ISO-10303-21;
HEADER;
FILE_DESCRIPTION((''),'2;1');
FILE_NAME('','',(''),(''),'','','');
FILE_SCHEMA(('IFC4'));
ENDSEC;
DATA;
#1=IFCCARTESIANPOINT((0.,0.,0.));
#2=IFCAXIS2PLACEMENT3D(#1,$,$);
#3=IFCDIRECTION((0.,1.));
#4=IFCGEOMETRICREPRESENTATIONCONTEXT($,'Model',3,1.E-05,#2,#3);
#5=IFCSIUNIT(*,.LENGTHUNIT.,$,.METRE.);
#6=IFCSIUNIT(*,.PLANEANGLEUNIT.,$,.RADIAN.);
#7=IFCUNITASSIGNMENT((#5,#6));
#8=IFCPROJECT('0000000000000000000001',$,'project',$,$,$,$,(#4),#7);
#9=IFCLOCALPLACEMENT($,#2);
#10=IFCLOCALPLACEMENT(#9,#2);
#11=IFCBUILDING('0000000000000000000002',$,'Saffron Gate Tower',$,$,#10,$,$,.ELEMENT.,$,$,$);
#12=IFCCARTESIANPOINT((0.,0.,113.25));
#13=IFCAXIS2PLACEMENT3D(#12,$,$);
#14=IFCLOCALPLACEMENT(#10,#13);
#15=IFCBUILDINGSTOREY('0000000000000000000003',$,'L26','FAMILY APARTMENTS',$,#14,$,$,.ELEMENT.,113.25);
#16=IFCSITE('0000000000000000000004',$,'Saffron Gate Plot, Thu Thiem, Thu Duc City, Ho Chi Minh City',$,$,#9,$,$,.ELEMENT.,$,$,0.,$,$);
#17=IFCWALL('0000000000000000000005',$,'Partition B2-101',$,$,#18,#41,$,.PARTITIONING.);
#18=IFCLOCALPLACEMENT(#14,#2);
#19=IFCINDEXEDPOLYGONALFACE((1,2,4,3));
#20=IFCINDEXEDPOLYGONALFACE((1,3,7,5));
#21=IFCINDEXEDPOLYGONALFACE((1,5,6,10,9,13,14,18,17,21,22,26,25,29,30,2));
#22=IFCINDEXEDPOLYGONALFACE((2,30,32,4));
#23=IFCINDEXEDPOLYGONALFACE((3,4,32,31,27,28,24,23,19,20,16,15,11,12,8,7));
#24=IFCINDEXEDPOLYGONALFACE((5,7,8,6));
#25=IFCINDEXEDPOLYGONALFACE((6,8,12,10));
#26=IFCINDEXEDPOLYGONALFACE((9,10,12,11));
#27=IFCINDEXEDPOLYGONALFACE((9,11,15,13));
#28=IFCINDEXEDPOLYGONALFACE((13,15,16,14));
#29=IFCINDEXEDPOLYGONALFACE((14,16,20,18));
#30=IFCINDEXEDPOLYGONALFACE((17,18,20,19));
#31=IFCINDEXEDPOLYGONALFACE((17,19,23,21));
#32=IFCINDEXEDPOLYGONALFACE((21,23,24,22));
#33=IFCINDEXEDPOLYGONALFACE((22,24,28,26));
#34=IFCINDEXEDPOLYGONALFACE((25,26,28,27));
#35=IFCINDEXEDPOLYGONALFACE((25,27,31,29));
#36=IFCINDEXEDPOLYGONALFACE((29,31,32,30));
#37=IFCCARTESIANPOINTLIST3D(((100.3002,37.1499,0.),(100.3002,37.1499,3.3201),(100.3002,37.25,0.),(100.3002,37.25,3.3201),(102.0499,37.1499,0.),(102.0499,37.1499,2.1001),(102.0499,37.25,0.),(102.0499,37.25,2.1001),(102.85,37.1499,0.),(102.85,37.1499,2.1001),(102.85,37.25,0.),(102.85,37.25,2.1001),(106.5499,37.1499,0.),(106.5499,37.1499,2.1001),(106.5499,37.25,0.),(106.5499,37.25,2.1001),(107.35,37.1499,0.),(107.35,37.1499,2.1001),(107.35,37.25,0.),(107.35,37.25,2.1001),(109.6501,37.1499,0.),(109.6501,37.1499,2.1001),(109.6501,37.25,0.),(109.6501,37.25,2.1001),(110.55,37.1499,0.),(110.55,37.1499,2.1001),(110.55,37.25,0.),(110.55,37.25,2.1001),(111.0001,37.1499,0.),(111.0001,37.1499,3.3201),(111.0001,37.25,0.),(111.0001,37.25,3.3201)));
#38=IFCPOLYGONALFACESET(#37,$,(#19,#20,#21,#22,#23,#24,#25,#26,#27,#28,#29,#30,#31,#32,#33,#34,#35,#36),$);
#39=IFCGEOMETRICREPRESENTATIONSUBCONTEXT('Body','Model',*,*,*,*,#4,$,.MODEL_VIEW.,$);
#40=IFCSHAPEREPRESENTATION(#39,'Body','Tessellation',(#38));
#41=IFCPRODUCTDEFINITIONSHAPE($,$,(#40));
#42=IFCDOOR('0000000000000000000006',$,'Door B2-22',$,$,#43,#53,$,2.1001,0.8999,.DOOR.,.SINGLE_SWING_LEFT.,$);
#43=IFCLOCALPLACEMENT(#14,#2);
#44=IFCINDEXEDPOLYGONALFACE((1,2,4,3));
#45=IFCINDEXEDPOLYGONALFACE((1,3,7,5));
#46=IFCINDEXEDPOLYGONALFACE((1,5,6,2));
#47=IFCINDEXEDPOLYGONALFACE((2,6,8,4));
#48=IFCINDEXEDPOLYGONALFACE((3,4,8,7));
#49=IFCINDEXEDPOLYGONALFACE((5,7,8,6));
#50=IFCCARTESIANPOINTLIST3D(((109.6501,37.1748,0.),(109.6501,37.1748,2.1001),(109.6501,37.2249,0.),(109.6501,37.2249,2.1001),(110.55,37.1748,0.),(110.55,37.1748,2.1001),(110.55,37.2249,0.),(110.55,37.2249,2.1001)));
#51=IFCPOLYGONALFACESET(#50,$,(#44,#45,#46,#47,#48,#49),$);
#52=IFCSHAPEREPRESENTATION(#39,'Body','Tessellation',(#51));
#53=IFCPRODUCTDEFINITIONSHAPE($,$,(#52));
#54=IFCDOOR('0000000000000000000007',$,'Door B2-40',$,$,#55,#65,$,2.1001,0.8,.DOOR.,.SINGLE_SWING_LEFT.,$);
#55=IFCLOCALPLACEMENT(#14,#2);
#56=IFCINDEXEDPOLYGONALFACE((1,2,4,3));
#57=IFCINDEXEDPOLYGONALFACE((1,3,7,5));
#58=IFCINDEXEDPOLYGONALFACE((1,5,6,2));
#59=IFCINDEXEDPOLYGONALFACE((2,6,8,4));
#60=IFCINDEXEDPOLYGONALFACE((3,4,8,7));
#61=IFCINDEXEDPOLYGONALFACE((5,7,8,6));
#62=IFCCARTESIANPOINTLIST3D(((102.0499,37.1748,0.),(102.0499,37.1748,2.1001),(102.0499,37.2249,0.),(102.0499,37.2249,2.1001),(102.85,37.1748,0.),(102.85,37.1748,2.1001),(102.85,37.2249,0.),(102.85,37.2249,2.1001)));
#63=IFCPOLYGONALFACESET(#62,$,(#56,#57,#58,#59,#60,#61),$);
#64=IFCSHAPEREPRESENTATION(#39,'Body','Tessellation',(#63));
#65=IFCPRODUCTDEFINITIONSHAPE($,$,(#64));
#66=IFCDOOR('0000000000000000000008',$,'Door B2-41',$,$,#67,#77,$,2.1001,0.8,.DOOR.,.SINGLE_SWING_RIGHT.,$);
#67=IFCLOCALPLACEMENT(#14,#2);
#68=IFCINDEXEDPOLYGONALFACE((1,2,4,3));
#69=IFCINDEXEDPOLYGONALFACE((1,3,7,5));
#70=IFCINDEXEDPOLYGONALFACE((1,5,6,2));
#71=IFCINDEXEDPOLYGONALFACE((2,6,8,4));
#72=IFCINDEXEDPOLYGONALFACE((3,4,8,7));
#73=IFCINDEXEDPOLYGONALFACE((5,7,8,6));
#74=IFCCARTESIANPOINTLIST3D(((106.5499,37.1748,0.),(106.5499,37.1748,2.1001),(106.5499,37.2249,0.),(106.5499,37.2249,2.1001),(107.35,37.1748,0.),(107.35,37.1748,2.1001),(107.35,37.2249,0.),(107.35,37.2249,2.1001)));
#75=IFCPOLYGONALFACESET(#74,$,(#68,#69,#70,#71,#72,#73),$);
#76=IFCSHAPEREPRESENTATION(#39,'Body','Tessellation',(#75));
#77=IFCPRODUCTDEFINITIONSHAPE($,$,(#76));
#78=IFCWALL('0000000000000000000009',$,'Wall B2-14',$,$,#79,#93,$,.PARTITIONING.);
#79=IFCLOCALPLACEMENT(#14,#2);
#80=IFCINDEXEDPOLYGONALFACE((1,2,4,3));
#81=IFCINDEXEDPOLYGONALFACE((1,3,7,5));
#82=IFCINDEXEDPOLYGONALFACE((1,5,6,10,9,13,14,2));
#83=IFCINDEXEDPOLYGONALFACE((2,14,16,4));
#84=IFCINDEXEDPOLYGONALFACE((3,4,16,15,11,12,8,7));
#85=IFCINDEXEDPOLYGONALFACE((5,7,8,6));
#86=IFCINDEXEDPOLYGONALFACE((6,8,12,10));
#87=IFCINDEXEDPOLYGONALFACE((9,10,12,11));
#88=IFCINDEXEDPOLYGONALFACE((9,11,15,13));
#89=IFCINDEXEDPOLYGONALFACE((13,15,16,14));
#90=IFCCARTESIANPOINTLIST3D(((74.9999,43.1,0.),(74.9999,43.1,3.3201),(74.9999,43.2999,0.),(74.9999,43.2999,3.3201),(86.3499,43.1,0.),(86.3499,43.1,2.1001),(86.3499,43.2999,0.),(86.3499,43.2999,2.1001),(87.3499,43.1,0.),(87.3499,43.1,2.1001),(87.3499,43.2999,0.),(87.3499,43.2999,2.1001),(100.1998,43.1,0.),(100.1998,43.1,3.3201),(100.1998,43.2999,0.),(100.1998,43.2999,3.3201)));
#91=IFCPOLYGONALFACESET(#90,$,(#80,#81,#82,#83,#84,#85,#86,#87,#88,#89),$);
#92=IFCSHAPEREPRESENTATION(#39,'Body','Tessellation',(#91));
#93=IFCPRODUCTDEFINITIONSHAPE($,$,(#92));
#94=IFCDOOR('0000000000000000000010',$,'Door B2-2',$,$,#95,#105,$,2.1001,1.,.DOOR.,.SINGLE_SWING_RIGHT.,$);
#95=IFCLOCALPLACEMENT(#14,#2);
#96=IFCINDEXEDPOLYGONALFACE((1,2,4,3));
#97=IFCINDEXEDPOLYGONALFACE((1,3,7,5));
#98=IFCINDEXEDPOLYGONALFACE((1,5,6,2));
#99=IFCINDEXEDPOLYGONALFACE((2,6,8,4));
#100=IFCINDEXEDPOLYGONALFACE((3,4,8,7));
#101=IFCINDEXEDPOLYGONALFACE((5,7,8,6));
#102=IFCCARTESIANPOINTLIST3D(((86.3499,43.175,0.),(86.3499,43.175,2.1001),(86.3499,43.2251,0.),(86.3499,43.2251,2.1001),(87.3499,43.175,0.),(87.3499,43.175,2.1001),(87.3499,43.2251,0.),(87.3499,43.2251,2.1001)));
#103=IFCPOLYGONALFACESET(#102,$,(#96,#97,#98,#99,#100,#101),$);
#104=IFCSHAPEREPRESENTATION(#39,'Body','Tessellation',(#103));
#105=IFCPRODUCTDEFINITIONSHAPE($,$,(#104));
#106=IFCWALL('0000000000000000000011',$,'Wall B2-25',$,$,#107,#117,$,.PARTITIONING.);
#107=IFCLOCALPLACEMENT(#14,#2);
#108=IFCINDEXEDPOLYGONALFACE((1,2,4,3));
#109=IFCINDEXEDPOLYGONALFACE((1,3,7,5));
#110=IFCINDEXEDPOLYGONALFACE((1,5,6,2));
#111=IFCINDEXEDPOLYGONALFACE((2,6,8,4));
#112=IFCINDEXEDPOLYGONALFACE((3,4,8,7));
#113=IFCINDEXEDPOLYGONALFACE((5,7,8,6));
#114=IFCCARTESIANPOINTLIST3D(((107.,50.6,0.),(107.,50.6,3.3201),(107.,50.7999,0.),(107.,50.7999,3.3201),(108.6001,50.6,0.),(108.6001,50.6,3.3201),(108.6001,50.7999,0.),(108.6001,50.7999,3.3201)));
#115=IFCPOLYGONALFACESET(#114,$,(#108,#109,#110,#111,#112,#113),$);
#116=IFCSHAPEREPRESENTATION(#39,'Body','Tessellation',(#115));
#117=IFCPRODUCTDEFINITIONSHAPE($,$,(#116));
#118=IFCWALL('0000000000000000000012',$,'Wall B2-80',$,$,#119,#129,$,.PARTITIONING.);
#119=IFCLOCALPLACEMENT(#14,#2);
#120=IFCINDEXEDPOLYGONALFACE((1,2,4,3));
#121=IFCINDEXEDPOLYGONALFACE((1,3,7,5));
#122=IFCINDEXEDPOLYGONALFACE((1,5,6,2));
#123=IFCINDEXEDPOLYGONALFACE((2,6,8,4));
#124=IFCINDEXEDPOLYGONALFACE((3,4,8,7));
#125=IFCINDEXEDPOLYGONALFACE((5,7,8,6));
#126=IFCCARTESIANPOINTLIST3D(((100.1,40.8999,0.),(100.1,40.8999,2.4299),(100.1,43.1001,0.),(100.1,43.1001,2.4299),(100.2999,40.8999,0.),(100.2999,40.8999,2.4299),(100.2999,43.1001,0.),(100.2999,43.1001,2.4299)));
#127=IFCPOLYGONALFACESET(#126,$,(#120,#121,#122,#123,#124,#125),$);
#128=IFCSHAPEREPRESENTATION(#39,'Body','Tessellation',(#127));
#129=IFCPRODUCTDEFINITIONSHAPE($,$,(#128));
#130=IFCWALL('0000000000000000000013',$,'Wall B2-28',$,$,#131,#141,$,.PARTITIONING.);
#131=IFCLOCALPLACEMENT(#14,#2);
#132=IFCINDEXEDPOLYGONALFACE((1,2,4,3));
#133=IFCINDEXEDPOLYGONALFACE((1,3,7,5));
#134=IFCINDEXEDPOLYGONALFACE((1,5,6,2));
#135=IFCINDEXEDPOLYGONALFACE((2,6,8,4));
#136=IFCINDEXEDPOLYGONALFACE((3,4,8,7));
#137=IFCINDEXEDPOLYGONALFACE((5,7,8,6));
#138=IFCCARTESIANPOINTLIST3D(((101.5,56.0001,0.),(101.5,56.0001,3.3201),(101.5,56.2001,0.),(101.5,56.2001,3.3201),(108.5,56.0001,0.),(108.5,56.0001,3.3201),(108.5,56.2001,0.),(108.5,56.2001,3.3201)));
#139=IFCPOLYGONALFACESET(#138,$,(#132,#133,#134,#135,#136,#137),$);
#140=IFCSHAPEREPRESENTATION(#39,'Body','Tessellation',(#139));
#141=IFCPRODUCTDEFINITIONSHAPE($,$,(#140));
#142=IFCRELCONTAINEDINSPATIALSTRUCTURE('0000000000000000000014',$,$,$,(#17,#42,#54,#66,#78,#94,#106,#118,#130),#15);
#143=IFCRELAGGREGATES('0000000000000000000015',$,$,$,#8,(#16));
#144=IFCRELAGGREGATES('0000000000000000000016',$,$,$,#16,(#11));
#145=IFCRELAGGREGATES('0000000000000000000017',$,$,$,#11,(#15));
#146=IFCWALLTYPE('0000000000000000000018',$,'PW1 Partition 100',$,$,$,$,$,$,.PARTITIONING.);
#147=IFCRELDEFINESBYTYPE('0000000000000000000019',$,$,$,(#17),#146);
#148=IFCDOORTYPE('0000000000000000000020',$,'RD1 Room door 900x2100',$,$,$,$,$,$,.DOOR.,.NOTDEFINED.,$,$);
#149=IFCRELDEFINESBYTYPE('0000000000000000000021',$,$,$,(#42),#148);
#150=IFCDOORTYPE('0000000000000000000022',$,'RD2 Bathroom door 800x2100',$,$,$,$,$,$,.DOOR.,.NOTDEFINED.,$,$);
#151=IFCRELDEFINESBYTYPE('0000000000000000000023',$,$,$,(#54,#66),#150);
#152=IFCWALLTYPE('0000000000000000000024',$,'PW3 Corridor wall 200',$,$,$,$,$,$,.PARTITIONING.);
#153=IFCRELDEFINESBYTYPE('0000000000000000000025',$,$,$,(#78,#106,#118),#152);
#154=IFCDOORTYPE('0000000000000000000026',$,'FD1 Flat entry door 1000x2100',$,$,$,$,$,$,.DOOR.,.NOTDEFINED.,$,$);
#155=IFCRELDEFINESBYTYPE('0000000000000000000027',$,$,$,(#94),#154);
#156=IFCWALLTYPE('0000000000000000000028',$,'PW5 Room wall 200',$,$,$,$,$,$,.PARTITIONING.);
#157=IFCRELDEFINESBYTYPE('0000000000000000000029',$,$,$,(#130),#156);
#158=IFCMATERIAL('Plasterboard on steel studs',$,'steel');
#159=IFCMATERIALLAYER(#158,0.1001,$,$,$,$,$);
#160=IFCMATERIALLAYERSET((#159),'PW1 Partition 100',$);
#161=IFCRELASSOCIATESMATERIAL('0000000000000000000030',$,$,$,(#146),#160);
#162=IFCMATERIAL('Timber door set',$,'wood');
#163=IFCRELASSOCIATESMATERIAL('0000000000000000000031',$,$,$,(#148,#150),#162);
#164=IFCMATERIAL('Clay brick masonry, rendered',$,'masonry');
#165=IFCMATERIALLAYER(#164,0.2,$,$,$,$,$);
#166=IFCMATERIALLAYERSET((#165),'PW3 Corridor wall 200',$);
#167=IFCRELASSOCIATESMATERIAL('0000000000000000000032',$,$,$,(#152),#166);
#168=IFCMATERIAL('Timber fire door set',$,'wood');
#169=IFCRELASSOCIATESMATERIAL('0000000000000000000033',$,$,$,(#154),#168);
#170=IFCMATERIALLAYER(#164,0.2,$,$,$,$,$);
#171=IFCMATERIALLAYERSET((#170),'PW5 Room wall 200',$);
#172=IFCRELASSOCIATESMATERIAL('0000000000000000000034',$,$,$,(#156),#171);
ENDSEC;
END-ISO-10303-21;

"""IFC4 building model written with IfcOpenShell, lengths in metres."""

from ifc_helpers import new_model, si_unit, direction, frame, frame_2d, origin, place, context, subcontext, project, spatial, rectangle, extrude, material, layer, layer_set, type_object, element, fill, save


model = new_model("IFC4")

# Units and contexts
model_context = context("Model", 3, precision=1e-05, world=origin(), true_north=direction((0.0, 1.0)))
body_context = subcontext(model_context, "Body", "Model", "MODEL_VIEW")
ifc_project = project(units=[si_unit("LENGTHUNIT", "METRE"), si_unit("PLANEANGLEUNIT", "RADIAN")], contexts=[model_context])

# Site, building, storey
site_placement = place(None, origin())
site = spatial("IfcSite", under=ifc_project, at=site_placement, Name="Saffron Gate Plot, Thu Thiem, Thu Duc City, Ho Chi Minh City", CompositionType="ELEMENT", RefElevation=0.0)
building_placement = place(site_placement, origin())
building = spatial("IfcBuilding", under=site, at=building_placement, Name="Saffron Gate Tower", CompositionType="ELEMENT")
storey_placement = place(building_placement, frame((0.0, 0.0, 113.25)))
storey = spatial("IfcBuildingStorey", under=building, at=storey_placement, Name="L26", Description="FAMILY APARTMENTS", CompositionType="ELEMENT", Elevation=113.25)

# Shared definitions
ifc_material_1 = material(Name="Plasterboard on steel studs", Category="steel")
ifc_layer_1 = layer(ifc_material_1, 0.1001)
ifc_layer_set_1 = layer_set([ifc_layer_1], Name="PW1 Partition 100")
wall_type_1 = type_object("IfcWallType", Name="PW1 Partition 100", PredefinedType="PARTITIONING", material=ifc_layer_set_1)

# Wall, openings, doors
wall_1_placement = place(storey_placement, frame((100.3, 37.2, 0.0), z_axis=(0.0, 0.0, 1.0), x_axis=(1.0, 0.0, 0.0)))
wall_1 = element("IfcWall", 1, at=wall_1_placement, inside=storey, type_object=wall_type_1, Name="Partition B2-101", PredefinedType="PARTITIONING", context=body_context, shape_type="SweptSolid", body=[
    extrude(rectangle(XDim=10.7, YDim=0.1001, at=frame_2d((5.3501, 0.0))), origin(), (0.0, 0.0, 1.0), 3.3201),
])
opening_1_placement = place(wall_1_placement, frame((1.75, 0.0, 0.0)))
opening_1 = element("IfcOpeningElement", 2, at=opening_1_placement, cuts=wall_1, PredefinedType="OPENING", context=body_context, shape_type="SweptSolid", body=[
    extrude(rectangle(XDim=0.8, YDim=2.1001, at=frame_2d((0.3999, 1.05))), frame((0.0, 0.0601, 0.0), z_axis=(0.0, -1.0, 0.0), x_axis=(1.0, 0.0, 0.0)), (0.0, 0.0, 1.0), 0.1201),
])
opening_2_placement = place(wall_1_placement, frame((6.25, 0.0, 0.0)))
opening_2 = element("IfcOpeningElement", 3, at=opening_2_placement, cuts=wall_1, PredefinedType="OPENING", context=body_context, shape_type="SweptSolid", body=[
    extrude(rectangle(XDim=0.8, YDim=2.1001, at=frame_2d((0.3999, 1.05))), frame((0.0, 0.0601, 0.0), z_axis=(0.0, -1.0, 0.0), x_axis=(1.0, 0.0, 0.0)), (0.0, 0.0, 1.0), 0.1201),
])
opening_3_placement = place(wall_1_placement, frame((9.3501, 0.0, 0.0)))
opening_3 = element("IfcOpeningElement", 4, at=opening_3_placement, cuts=wall_1, PredefinedType="OPENING", context=body_context, shape_type="SweptSolid", body=[
    extrude(rectangle(XDim=0.8999, YDim=2.1001, at=frame_2d((0.45, 1.05))), frame((0.0, 0.0601, 0.0), z_axis=(0.0, -1.0, 0.0), x_axis=(1.0, 0.0, 0.0)), (0.0, 0.0, 1.0), 0.1201),
])
ifc_material_2 = material(Name="Timber door set", Category="wood")
door_type_1 = type_object("IfcDoorType", Name="RD1 Room door 900x2100", OperationType="NOTDEFINED", PredefinedType="DOOR", material=ifc_material_2)
door_1_placement = place(opening_3_placement, origin())
door_1 = element("IfcDoor", 5, at=door_1_placement, inside=storey, type_object=door_type_1, Name="Door B2-22", OperationType="SINGLE_SWING_LEFT", OverallHeight=2.1001, OverallWidth=0.8999, PredefinedType="DOOR", context=body_context, shape_type="SweptSolid", body=[
    extrude(rectangle(XDim=0.8999, YDim=2.1001, at=frame_2d((0.45, 1.05))), frame((0.0, 0.0249, 0.0), z_axis=(0.0, -1.0, 0.0), x_axis=(1.0, 0.0, 0.0)), (0.0, 0.0, 1.0), 0.05),
])
fill(opening_3, door_1)
door_type_2 = type_object("IfcDoorType", Name="RD2 Bathroom door 800x2100", OperationType="NOTDEFINED", PredefinedType="DOOR", material=ifc_material_2)
door_2_placement = place(opening_1_placement, origin())
door_2 = element("IfcDoor", 6, at=door_2_placement, inside=storey, type_object=door_type_2, Name="Door B2-40", OperationType="SINGLE_SWING_LEFT", OverallHeight=2.1001, OverallWidth=0.8, PredefinedType="DOOR", context=body_context, shape_type="SweptSolid", body=[
    extrude(rectangle(XDim=0.8, YDim=2.1001, at=frame_2d((0.3999, 1.05))), frame((0.0, 0.0249, 0.0), z_axis=(0.0, -1.0, 0.0), x_axis=(1.0, 0.0, 0.0)), (0.0, 0.0, 1.0), 0.05),
])
fill(opening_1, door_2)
door_3_placement = place(opening_2_placement, origin())
door_3 = element("IfcDoor", 7, at=door_3_placement, inside=storey, type_object=door_type_2, Name="Door B2-41", OperationType="SINGLE_SWING_RIGHT", OverallHeight=2.1001, OverallWidth=0.8, PredefinedType="DOOR", context=body_context, shape_type="SweptSolid", body=[
    extrude(rectangle(XDim=0.8, YDim=2.1001, at=frame_2d((0.3999, 1.05))), frame((0.0, 0.0249, 0.0), z_axis=(0.0, -1.0, 0.0), x_axis=(1.0, 0.0, 0.0)), (0.0, 0.0, 1.0), 0.05),
])
fill(opening_2, door_3)

# Wall, opening, door
ifc_material_3 = material(Name="Clay brick masonry, rendered", Category="masonry")
ifc_layer_2 = layer(ifc_material_3, 0.2)
ifc_layer_set_2 = layer_set([ifc_layer_2], Name="PW3 Corridor wall 200")
wall_type_2 = type_object("IfcWallType", Name="PW3 Corridor wall 200", PredefinedType="PARTITIONING", material=ifc_layer_set_2)
wall_2_placement = place(storey_placement, frame((100.2, 43.2, 0.0), z_axis=(0.0, 0.0, 1.0), x_axis=(-1.0, 0.0, 0.0)))
wall_2 = element("IfcWall", 8, at=wall_2_placement, inside=storey, type_object=wall_type_2, Name="Wall B2-14", PredefinedType="PARTITIONING", context=body_context, shape_type="SweptSolid", body=[
    extrude(rectangle(XDim=25.2, YDim=0.2, at=frame_2d((12.6001, 0.0))), origin(), (0.0, 0.0, 1.0), 3.3201),
])
opening_4_placement = place(wall_2_placement, frame((12.8501, 0.0, 0.0)))
opening_4 = element("IfcOpeningElement", 9, at=opening_4_placement, cuts=wall_2, PredefinedType="OPENING", context=body_context, shape_type="SweptSolid", body=[
    extrude(rectangle(XDim=1.0, YDim=2.1001, at=frame_2d((0.5, 1.05))), frame((0.0, 0.1099, 0.0), z_axis=(0.0, -1.0, 0.0), x_axis=(1.0, 0.0, 0.0)), (0.0, 0.0, 1.0), 0.22),
])
ifc_material_4 = material(Name="Timber fire door set", Category="wood")
door_type_3 = type_object("IfcDoorType", Name="FD1 Flat entry door 1000x2100", OperationType="NOTDEFINED", PredefinedType="DOOR", material=ifc_material_4)
door_4_placement = place(opening_4_placement, origin())
door_4 = element("IfcDoor", 10, at=door_4_placement, inside=storey, type_object=door_type_3, Name="Door B2-2", OperationType="SINGLE_SWING_RIGHT", OverallHeight=2.1001, OverallWidth=1.0, PredefinedType="DOOR", context=body_context, shape_type="SweptSolid", body=[
    extrude(rectangle(XDim=1.0, YDim=2.1001, at=frame_2d((0.5, 1.05))), frame((0.0, 0.0249, 0.0), z_axis=(0.0, -1.0, 0.0), x_axis=(1.0, 0.0, 0.0)), (0.0, 0.0, 1.0), 0.05),
])
fill(opening_4, door_4)

# Walls
wall_3_placement = place(storey_placement, frame((107.0, 50.7, 0.0), z_axis=(0.0, 0.0, 1.0), x_axis=(1.0, 0.0, 0.0)))
element("IfcWall", 11, at=wall_3_placement, inside=storey, type_object=wall_type_2, Name="Wall B2-25", PredefinedType="PARTITIONING", context=body_context, shape_type="SweptSolid", body=[
    extrude(rectangle(XDim=1.6001, YDim=0.2, at=frame_2d((0.8, 0.0))), origin(), (0.0, 0.0, 1.0), 3.3201),
])
wall_4_placement = place(storey_placement, frame((100.2, 43.1001, 0.0), z_axis=(0.0, 0.0, 1.0), x_axis=(0.0, -1.0, 0.0)))
element("IfcWall", 12, at=wall_4_placement, inside=storey, type_object=wall_type_2, Name="Wall B2-80", PredefinedType="PARTITIONING", context=body_context, shape_type="SweptSolid", body=[
    extrude(rectangle(XDim=2.2002, YDim=0.2, at=frame_2d((1.1001, 0.0))), origin(), (0.0, 0.0, 1.0), 2.4299),
])
ifc_layer_3 = layer(ifc_material_3, 0.2)
ifc_layer_set_3 = layer_set([ifc_layer_3], Name="PW5 Room wall 200")
wall_type_3 = type_object("IfcWallType", Name="PW5 Room wall 200", PredefinedType="PARTITIONING", material=ifc_layer_set_3)
wall_5_placement = place(storey_placement, frame((101.5, 56.1001, 0.0), z_axis=(0.0, 0.0, 1.0), x_axis=(1.0, 0.0, 0.0)))
element("IfcWall", 13, at=wall_5_placement, inside=storey, type_object=wall_type_3, Name="Wall B2-28", PredefinedType="PARTITIONING", context=body_context, shape_type="SweptSolid", body=[
    extrude(rectangle(XDim=7.0, YDim=0.2, at=frame_2d((3.5, 0.0))), origin(), (0.0, 0.0, 1.0), 3.3201),
])

save(model, "model.ifc")
